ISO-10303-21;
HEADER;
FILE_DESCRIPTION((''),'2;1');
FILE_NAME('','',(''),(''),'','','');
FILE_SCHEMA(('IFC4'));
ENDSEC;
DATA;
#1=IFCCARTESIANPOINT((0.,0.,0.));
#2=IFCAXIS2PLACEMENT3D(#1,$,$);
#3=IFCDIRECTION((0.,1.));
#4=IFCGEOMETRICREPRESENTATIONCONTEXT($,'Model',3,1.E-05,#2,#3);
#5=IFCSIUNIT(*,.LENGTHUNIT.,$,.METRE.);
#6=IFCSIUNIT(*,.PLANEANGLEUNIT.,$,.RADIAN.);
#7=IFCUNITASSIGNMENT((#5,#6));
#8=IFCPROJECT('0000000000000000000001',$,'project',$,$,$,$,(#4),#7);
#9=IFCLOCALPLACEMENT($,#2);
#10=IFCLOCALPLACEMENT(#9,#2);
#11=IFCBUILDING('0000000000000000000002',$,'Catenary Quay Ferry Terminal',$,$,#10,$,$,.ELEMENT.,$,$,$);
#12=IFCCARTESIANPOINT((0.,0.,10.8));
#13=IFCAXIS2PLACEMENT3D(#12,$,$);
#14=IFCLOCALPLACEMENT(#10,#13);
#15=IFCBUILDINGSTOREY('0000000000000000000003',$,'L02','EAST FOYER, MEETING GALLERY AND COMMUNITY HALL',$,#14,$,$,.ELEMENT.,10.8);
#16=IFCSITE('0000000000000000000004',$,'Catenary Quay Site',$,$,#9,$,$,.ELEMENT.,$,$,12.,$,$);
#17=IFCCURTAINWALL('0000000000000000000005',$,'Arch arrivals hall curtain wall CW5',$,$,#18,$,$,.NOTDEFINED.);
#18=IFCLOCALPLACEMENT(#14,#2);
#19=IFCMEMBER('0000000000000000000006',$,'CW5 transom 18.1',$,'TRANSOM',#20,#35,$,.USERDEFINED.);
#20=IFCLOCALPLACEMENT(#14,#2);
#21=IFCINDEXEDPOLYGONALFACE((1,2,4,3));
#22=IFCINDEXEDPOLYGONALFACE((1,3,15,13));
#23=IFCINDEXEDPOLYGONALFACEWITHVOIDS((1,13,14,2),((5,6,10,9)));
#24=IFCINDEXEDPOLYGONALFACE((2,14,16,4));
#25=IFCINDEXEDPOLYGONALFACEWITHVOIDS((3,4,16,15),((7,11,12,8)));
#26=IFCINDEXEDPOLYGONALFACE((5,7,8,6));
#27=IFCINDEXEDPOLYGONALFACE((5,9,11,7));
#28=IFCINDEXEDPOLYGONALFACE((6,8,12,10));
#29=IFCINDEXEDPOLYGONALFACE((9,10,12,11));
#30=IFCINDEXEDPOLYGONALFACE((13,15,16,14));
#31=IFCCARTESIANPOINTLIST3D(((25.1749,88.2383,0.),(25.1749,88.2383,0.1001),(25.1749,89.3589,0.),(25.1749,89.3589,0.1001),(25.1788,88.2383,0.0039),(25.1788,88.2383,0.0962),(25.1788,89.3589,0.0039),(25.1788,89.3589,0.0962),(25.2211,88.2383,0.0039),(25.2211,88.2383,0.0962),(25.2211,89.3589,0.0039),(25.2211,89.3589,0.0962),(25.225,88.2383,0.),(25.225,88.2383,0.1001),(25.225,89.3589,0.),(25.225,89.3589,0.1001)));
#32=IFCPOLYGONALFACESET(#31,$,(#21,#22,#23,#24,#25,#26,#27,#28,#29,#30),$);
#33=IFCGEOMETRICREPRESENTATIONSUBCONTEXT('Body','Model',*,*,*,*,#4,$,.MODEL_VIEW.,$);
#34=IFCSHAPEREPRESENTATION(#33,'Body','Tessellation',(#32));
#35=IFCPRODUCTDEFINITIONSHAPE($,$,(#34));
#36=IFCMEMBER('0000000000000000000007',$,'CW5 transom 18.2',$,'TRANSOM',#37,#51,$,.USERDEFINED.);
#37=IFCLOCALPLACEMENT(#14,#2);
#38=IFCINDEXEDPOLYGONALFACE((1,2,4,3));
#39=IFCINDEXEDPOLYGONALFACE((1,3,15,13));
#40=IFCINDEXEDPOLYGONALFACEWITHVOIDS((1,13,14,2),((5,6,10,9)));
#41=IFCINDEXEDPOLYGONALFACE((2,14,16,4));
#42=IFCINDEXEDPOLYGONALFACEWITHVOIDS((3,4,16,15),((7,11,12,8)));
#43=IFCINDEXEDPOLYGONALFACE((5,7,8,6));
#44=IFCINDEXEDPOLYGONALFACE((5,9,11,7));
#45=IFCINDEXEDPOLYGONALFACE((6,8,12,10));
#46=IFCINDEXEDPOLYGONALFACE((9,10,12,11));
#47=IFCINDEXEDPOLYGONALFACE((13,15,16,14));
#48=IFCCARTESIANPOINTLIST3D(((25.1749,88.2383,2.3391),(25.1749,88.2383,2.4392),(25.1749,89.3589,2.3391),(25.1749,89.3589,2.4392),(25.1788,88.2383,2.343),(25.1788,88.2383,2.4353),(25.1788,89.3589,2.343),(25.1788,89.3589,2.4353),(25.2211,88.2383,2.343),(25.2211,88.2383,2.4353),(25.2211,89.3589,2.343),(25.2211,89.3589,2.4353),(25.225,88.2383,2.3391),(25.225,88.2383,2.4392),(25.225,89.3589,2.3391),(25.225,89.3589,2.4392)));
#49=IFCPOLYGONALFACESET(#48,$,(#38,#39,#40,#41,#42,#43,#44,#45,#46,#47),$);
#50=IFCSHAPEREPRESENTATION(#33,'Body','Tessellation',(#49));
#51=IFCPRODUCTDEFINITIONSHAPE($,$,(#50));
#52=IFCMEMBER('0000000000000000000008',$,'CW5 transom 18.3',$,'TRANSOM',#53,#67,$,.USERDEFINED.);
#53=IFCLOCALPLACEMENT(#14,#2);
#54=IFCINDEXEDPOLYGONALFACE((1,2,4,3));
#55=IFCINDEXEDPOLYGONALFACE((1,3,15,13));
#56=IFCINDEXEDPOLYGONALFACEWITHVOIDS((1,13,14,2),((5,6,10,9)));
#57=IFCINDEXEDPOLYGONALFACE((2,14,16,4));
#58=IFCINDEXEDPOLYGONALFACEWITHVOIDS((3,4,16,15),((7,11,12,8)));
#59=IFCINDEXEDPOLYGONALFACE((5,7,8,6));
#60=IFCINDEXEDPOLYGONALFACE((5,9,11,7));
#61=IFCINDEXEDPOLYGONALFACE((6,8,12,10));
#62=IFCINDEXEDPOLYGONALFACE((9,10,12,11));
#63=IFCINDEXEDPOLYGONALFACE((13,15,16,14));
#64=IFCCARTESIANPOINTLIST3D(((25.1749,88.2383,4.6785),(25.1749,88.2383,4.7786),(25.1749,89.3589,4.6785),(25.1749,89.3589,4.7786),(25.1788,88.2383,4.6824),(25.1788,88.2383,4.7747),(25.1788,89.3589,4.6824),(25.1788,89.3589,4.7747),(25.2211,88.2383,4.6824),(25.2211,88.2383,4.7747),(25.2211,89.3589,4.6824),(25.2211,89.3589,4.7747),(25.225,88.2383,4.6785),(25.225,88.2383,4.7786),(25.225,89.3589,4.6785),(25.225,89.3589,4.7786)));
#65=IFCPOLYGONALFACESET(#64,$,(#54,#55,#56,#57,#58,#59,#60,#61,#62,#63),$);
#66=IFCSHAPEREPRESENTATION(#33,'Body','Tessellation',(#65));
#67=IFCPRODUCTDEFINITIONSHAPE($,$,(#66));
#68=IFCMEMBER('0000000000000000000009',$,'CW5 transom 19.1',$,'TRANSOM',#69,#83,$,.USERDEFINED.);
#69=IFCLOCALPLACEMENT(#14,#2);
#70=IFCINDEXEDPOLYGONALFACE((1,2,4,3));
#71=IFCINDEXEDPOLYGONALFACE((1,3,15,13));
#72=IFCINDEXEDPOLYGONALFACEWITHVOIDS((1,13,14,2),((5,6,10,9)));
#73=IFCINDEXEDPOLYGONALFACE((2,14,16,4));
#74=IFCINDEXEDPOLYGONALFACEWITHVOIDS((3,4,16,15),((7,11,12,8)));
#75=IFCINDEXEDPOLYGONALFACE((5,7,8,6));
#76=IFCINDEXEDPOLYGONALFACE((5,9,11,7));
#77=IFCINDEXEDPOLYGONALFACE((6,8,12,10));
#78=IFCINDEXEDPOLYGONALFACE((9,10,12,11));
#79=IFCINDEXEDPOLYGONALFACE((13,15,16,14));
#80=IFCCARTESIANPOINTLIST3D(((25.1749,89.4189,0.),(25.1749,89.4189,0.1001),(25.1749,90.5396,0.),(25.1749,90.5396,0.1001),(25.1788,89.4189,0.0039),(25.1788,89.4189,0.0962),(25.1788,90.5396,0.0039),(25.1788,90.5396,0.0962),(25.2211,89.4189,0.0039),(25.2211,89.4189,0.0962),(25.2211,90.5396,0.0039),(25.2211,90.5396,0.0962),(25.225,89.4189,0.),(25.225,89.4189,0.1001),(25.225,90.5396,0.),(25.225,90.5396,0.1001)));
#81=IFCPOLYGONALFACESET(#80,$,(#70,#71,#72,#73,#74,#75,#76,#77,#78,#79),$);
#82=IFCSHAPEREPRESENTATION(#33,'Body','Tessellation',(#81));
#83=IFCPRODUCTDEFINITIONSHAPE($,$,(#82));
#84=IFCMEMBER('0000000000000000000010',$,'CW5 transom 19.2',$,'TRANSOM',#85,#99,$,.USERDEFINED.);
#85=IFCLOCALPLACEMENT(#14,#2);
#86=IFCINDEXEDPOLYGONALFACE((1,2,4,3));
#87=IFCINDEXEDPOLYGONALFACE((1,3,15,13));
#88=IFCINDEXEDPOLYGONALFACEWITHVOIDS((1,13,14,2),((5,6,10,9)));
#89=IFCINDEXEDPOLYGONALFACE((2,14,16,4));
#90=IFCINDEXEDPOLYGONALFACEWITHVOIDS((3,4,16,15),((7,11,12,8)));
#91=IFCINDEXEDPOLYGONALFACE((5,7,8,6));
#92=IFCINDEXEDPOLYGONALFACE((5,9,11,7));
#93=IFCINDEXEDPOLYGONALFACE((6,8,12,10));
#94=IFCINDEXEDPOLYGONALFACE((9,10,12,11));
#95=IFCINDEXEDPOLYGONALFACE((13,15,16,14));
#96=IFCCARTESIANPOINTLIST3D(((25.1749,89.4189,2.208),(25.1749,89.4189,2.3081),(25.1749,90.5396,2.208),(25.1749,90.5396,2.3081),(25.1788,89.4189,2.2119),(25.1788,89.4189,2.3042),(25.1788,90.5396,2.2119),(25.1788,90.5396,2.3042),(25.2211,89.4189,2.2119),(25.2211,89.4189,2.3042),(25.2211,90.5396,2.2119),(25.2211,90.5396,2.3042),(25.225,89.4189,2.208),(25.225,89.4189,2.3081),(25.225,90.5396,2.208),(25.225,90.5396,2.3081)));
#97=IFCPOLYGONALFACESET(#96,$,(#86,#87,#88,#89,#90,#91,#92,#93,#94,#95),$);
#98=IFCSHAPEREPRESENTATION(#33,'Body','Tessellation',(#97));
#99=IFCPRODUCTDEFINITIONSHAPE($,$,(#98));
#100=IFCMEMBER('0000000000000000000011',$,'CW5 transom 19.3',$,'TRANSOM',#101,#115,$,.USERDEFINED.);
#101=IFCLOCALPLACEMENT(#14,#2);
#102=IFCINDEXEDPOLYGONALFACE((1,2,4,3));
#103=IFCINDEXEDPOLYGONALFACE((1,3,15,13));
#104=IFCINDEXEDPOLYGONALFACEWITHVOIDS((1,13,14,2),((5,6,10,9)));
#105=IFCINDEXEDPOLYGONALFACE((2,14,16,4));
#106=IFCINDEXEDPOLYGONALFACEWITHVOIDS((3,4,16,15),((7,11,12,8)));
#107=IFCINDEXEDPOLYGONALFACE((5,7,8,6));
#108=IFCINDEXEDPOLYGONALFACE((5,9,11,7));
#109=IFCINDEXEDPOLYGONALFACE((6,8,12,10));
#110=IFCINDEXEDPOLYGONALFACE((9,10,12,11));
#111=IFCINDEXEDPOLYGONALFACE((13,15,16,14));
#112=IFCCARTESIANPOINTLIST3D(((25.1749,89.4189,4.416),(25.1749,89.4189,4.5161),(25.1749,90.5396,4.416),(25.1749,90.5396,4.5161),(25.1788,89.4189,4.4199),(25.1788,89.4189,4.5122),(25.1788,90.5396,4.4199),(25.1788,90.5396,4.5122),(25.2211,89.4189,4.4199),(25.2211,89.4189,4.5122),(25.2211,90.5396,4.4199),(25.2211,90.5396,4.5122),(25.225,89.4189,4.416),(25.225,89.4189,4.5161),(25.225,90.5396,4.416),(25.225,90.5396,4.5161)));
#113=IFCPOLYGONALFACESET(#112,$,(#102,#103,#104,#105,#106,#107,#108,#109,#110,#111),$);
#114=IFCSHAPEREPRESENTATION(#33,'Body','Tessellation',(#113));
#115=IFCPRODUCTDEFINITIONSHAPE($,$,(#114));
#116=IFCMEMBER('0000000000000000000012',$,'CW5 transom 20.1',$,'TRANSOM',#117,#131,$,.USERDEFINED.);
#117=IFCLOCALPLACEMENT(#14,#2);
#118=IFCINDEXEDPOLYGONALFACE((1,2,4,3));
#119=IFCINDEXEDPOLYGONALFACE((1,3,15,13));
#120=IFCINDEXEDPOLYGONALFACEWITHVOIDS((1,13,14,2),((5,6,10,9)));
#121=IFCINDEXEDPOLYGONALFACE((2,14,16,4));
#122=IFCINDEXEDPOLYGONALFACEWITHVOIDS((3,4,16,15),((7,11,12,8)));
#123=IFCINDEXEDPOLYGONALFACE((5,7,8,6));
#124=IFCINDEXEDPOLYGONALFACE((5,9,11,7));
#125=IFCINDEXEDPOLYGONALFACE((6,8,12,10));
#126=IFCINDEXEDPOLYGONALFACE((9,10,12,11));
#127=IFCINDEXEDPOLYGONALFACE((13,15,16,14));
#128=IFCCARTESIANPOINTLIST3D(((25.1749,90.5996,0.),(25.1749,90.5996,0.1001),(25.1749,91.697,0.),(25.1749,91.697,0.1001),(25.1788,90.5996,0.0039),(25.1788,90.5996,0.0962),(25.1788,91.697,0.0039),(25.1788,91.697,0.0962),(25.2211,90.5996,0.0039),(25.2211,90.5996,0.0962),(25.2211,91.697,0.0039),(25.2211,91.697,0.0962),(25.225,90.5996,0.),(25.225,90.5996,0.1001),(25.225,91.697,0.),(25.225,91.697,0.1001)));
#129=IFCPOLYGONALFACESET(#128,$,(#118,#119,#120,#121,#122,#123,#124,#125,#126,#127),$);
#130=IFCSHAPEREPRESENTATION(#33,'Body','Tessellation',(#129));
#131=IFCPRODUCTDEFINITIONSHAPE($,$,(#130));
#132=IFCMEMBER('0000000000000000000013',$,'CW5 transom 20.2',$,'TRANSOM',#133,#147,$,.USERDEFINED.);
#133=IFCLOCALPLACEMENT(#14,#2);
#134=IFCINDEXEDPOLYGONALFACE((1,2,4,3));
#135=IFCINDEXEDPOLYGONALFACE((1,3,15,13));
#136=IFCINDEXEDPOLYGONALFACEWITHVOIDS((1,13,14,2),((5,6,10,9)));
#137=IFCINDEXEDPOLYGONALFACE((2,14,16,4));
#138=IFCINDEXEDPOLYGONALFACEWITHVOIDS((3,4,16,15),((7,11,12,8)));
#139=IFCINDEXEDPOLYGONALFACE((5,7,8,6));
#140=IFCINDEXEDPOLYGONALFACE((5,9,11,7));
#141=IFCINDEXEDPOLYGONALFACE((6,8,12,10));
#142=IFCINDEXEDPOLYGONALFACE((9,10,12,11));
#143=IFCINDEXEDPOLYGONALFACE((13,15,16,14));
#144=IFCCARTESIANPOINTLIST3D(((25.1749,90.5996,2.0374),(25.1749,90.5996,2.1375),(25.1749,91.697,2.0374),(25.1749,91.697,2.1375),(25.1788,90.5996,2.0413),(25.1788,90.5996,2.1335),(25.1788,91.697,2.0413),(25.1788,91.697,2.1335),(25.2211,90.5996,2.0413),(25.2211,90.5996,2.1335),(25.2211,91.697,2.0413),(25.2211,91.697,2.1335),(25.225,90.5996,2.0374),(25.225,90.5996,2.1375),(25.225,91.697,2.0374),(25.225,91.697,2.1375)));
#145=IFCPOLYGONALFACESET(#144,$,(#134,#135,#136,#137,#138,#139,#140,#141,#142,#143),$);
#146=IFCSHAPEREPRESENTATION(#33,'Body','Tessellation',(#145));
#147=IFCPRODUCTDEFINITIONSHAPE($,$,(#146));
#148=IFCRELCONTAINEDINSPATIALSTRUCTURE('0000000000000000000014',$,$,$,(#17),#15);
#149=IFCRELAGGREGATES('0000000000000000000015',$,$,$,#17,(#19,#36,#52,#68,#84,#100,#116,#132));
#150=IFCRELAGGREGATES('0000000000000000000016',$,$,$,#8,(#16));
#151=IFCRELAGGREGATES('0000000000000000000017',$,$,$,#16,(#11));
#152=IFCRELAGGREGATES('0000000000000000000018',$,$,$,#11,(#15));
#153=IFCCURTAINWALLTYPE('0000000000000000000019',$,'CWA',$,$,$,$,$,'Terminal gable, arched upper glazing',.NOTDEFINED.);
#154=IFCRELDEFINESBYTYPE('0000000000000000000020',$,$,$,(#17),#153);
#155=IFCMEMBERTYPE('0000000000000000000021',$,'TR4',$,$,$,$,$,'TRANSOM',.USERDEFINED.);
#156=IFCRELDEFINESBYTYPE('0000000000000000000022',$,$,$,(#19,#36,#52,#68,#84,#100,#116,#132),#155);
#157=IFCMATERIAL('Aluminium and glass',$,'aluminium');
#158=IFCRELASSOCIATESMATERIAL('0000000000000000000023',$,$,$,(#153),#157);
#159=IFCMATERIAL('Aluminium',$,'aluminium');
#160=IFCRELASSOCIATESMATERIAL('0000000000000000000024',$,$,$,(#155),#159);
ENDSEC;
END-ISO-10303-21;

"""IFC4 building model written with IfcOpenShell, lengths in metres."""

from ifc_helpers import new_model, si_unit, direction, frame, origin, origin_2d, place, context, subcontext, project, spatial, hollow_rectangle, extrude, material, material_profile, profile_set, type_object, element, aggregate, save


model = new_model("IFC4")

# Units and contexts
model_context = context("Model", 3, precision=1e-05, world=origin(), true_north=direction((0.0, 1.0)))
body_context = subcontext(model_context, "Body", "Model", "MODEL_VIEW")
ifc_project = project(units=[si_unit("LENGTHUNIT", "METRE"), si_unit("PLANEANGLEUNIT", "RADIAN")], contexts=[model_context])

# Site, building, storey
site_placement = place(None, origin())
site = spatial("IfcSite", under=ifc_project, at=site_placement, Name="Catenary Quay Site", CompositionType="ELEMENT", RefElevation=12.0)
building_placement = place(site_placement, origin())
building = spatial("IfcBuilding", under=site, at=building_placement, Name="Catenary Quay Ferry Terminal", CompositionType="ELEMENT")
storey_placement = place(building_placement, frame((0.0, 0.0, 10.8)))
storey = spatial("IfcBuildingStorey", under=building, at=storey_placement, Name="L02", Description="EAST FOYER, MEETING GALLERY AND COMMUNITY HALL", CompositionType="ELEMENT", Elevation=10.8)

# Curtain wall, members
ifc_material_1 = material(Name="Aluminium and glass", Category="aluminium")
curtain_wall_type = type_object("IfcCurtainWallType", Name="CWA", ElementType="Terminal gable, arched upper glazing", PredefinedType="NOTDEFINED", material=ifc_material_1)
curtain_wall_placement = place(storey_placement, origin())
curtain_wall = element("IfcCurtainWall", 1, at=curtain_wall_placement, inside=storey, type_object=curtain_wall_type, Name="Arch arrivals hall curtain wall CW5", PredefinedType="NOTDEFINED")
ifc_material_2 = material(Name="Aluminium", Category="aluminium")
ifc_material_profile_1 = material_profile(ifc_material_2, hollow_rectangle(XDim=0.05, YDim=0.1001, WallThickness=0.0039, at=origin_2d()), Name="TR4")
ifc_profile_set_1 = profile_set([ifc_material_profile_1], Name="Aluminium")
member_type_1 = type_object("IfcMemberType", Name="TR4", ElementType="TRANSOM", PredefinedType="USERDEFINED", material=ifc_profile_set_1)
member_1_placement = place(storey_placement, frame((25.2, 88.2383, 0.05), z_axis=(0.0, 1.0, 0.0), x_axis=(-1.0, 0.0, 0.0)))
member_1 = element("IfcMember", 2, at=member_1_placement, type_object=member_type_1, Name="CW5 transom 18.1", ObjectType="TRANSOM", PredefinedType="USERDEFINED", context=body_context, shape_type="SweptSolid", body=[
    extrude(hollow_rectangle(XDim=0.05, YDim=0.1001, WallThickness=0.0039, at=origin_2d()), origin(), (0.0, 0.0, 1.0), 1.1206),
])
member_2_placement = place(storey_placement, frame((25.2, 88.2383, 2.3892), z_axis=(0.0, 1.0, 0.0), x_axis=(-1.0, 0.0, 0.0)))
member_2 = element("IfcMember", 3, at=member_2_placement, type_object=member_type_1, Name="CW5 transom 18.2", ObjectType="TRANSOM", PredefinedType="USERDEFINED", context=body_context, shape_type="SweptSolid", body=[
    extrude(hollow_rectangle(XDim=0.05, YDim=0.1001, WallThickness=0.0039, at=origin_2d()), origin(), (0.0, 0.0, 1.0), 1.1206),
])
member_3_placement = place(storey_placement, frame((25.2, 88.2383, 4.7285), z_axis=(0.0, 1.0, 0.0), x_axis=(-1.0, 0.0, 0.0)))
member_3 = element("IfcMember", 4, at=member_3_placement, type_object=member_type_1, Name="CW5 transom 18.3", ObjectType="TRANSOM", PredefinedType="USERDEFINED", context=body_context, shape_type="SweptSolid", body=[
    extrude(hollow_rectangle(XDim=0.05, YDim=0.1001, WallThickness=0.0039, at=origin_2d()), origin(), (0.0, 0.0, 1.0), 1.1206),
])
member_4_placement = place(storey_placement, frame((25.2, 89.4189, 0.05), z_axis=(0.0, 1.0, 0.0), x_axis=(-1.0, 0.0, 0.0)))
member_4 = element("IfcMember", 5, at=member_4_placement, type_object=member_type_1, Name="CW5 transom 19.1", ObjectType="TRANSOM", PredefinedType="USERDEFINED", context=body_context, shape_type="SweptSolid", body=[
    extrude(hollow_rectangle(XDim=0.05, YDim=0.1001, WallThickness=0.0039, at=origin_2d()), origin(), (0.0, 0.0, 1.0), 1.1206),
])
member_5_placement = place(storey_placement, frame((25.2, 89.4189, 2.2581), z_axis=(0.0, 1.0, 0.0), x_axis=(-1.0, 0.0, 0.0)))
member_5 = element("IfcMember", 6, at=member_5_placement, type_object=member_type_1, Name="CW5 transom 19.2", ObjectType="TRANSOM", PredefinedType="USERDEFINED", context=body_context, shape_type="SweptSolid", body=[
    extrude(hollow_rectangle(XDim=0.05, YDim=0.1001, WallThickness=0.0039, at=origin_2d()), origin(), (0.0, 0.0, 1.0), 1.1206),
])
member_6_placement = place(storey_placement, frame((25.2, 89.4189, 4.4661), z_axis=(0.0, 1.0, 0.0), x_axis=(-1.0, 0.0, 0.0)))
member_6 = element("IfcMember", 7, at=member_6_placement, type_object=member_type_1, Name="CW5 transom 19.3", ObjectType="TRANSOM", PredefinedType="USERDEFINED", context=body_context, shape_type="SweptSolid", body=[
    extrude(hollow_rectangle(XDim=0.05, YDim=0.1001, WallThickness=0.0039, at=origin_2d()), origin(), (0.0, 0.0, 1.0), 1.1206),
])
member_7_placement = place(storey_placement, frame((25.2, 90.5996, 0.05), z_axis=(0.0, 1.0, 0.0), x_axis=(-1.0, 0.0, 0.0)))
member_7 = element("IfcMember", 8, at=member_7_placement, type_object=member_type_1, Name="CW5 transom 20.1", ObjectType="TRANSOM", PredefinedType="USERDEFINED", context=body_context, shape_type="SweptSolid", body=[
    extrude(hollow_rectangle(XDim=0.05, YDim=0.1001, WallThickness=0.0039, at=origin_2d()), origin(), (0.0, 0.0, 1.0), 1.0974),
])
member_8_placement = place(storey_placement, frame((25.2, 90.5996, 2.0874), z_axis=(0.0, 1.0, 0.0), x_axis=(-1.0, 0.0, 0.0)))
member_8 = element("IfcMember", 9, at=member_8_placement, type_object=member_type_1, Name="CW5 transom 20.2", ObjectType="TRANSOM", PredefinedType="USERDEFINED", context=body_context, shape_type="SweptSolid", body=[
    extrude(hollow_rectangle(XDim=0.05, YDim=0.1001, WallThickness=0.0039, at=origin_2d()), origin(), (0.0, 0.0, 1.0), 1.0974),
])

aggregate(curtain_wall, [member_1, member_2, member_3, member_4, member_5, member_6, member_7, member_8])

save(model, "model.ifc")
